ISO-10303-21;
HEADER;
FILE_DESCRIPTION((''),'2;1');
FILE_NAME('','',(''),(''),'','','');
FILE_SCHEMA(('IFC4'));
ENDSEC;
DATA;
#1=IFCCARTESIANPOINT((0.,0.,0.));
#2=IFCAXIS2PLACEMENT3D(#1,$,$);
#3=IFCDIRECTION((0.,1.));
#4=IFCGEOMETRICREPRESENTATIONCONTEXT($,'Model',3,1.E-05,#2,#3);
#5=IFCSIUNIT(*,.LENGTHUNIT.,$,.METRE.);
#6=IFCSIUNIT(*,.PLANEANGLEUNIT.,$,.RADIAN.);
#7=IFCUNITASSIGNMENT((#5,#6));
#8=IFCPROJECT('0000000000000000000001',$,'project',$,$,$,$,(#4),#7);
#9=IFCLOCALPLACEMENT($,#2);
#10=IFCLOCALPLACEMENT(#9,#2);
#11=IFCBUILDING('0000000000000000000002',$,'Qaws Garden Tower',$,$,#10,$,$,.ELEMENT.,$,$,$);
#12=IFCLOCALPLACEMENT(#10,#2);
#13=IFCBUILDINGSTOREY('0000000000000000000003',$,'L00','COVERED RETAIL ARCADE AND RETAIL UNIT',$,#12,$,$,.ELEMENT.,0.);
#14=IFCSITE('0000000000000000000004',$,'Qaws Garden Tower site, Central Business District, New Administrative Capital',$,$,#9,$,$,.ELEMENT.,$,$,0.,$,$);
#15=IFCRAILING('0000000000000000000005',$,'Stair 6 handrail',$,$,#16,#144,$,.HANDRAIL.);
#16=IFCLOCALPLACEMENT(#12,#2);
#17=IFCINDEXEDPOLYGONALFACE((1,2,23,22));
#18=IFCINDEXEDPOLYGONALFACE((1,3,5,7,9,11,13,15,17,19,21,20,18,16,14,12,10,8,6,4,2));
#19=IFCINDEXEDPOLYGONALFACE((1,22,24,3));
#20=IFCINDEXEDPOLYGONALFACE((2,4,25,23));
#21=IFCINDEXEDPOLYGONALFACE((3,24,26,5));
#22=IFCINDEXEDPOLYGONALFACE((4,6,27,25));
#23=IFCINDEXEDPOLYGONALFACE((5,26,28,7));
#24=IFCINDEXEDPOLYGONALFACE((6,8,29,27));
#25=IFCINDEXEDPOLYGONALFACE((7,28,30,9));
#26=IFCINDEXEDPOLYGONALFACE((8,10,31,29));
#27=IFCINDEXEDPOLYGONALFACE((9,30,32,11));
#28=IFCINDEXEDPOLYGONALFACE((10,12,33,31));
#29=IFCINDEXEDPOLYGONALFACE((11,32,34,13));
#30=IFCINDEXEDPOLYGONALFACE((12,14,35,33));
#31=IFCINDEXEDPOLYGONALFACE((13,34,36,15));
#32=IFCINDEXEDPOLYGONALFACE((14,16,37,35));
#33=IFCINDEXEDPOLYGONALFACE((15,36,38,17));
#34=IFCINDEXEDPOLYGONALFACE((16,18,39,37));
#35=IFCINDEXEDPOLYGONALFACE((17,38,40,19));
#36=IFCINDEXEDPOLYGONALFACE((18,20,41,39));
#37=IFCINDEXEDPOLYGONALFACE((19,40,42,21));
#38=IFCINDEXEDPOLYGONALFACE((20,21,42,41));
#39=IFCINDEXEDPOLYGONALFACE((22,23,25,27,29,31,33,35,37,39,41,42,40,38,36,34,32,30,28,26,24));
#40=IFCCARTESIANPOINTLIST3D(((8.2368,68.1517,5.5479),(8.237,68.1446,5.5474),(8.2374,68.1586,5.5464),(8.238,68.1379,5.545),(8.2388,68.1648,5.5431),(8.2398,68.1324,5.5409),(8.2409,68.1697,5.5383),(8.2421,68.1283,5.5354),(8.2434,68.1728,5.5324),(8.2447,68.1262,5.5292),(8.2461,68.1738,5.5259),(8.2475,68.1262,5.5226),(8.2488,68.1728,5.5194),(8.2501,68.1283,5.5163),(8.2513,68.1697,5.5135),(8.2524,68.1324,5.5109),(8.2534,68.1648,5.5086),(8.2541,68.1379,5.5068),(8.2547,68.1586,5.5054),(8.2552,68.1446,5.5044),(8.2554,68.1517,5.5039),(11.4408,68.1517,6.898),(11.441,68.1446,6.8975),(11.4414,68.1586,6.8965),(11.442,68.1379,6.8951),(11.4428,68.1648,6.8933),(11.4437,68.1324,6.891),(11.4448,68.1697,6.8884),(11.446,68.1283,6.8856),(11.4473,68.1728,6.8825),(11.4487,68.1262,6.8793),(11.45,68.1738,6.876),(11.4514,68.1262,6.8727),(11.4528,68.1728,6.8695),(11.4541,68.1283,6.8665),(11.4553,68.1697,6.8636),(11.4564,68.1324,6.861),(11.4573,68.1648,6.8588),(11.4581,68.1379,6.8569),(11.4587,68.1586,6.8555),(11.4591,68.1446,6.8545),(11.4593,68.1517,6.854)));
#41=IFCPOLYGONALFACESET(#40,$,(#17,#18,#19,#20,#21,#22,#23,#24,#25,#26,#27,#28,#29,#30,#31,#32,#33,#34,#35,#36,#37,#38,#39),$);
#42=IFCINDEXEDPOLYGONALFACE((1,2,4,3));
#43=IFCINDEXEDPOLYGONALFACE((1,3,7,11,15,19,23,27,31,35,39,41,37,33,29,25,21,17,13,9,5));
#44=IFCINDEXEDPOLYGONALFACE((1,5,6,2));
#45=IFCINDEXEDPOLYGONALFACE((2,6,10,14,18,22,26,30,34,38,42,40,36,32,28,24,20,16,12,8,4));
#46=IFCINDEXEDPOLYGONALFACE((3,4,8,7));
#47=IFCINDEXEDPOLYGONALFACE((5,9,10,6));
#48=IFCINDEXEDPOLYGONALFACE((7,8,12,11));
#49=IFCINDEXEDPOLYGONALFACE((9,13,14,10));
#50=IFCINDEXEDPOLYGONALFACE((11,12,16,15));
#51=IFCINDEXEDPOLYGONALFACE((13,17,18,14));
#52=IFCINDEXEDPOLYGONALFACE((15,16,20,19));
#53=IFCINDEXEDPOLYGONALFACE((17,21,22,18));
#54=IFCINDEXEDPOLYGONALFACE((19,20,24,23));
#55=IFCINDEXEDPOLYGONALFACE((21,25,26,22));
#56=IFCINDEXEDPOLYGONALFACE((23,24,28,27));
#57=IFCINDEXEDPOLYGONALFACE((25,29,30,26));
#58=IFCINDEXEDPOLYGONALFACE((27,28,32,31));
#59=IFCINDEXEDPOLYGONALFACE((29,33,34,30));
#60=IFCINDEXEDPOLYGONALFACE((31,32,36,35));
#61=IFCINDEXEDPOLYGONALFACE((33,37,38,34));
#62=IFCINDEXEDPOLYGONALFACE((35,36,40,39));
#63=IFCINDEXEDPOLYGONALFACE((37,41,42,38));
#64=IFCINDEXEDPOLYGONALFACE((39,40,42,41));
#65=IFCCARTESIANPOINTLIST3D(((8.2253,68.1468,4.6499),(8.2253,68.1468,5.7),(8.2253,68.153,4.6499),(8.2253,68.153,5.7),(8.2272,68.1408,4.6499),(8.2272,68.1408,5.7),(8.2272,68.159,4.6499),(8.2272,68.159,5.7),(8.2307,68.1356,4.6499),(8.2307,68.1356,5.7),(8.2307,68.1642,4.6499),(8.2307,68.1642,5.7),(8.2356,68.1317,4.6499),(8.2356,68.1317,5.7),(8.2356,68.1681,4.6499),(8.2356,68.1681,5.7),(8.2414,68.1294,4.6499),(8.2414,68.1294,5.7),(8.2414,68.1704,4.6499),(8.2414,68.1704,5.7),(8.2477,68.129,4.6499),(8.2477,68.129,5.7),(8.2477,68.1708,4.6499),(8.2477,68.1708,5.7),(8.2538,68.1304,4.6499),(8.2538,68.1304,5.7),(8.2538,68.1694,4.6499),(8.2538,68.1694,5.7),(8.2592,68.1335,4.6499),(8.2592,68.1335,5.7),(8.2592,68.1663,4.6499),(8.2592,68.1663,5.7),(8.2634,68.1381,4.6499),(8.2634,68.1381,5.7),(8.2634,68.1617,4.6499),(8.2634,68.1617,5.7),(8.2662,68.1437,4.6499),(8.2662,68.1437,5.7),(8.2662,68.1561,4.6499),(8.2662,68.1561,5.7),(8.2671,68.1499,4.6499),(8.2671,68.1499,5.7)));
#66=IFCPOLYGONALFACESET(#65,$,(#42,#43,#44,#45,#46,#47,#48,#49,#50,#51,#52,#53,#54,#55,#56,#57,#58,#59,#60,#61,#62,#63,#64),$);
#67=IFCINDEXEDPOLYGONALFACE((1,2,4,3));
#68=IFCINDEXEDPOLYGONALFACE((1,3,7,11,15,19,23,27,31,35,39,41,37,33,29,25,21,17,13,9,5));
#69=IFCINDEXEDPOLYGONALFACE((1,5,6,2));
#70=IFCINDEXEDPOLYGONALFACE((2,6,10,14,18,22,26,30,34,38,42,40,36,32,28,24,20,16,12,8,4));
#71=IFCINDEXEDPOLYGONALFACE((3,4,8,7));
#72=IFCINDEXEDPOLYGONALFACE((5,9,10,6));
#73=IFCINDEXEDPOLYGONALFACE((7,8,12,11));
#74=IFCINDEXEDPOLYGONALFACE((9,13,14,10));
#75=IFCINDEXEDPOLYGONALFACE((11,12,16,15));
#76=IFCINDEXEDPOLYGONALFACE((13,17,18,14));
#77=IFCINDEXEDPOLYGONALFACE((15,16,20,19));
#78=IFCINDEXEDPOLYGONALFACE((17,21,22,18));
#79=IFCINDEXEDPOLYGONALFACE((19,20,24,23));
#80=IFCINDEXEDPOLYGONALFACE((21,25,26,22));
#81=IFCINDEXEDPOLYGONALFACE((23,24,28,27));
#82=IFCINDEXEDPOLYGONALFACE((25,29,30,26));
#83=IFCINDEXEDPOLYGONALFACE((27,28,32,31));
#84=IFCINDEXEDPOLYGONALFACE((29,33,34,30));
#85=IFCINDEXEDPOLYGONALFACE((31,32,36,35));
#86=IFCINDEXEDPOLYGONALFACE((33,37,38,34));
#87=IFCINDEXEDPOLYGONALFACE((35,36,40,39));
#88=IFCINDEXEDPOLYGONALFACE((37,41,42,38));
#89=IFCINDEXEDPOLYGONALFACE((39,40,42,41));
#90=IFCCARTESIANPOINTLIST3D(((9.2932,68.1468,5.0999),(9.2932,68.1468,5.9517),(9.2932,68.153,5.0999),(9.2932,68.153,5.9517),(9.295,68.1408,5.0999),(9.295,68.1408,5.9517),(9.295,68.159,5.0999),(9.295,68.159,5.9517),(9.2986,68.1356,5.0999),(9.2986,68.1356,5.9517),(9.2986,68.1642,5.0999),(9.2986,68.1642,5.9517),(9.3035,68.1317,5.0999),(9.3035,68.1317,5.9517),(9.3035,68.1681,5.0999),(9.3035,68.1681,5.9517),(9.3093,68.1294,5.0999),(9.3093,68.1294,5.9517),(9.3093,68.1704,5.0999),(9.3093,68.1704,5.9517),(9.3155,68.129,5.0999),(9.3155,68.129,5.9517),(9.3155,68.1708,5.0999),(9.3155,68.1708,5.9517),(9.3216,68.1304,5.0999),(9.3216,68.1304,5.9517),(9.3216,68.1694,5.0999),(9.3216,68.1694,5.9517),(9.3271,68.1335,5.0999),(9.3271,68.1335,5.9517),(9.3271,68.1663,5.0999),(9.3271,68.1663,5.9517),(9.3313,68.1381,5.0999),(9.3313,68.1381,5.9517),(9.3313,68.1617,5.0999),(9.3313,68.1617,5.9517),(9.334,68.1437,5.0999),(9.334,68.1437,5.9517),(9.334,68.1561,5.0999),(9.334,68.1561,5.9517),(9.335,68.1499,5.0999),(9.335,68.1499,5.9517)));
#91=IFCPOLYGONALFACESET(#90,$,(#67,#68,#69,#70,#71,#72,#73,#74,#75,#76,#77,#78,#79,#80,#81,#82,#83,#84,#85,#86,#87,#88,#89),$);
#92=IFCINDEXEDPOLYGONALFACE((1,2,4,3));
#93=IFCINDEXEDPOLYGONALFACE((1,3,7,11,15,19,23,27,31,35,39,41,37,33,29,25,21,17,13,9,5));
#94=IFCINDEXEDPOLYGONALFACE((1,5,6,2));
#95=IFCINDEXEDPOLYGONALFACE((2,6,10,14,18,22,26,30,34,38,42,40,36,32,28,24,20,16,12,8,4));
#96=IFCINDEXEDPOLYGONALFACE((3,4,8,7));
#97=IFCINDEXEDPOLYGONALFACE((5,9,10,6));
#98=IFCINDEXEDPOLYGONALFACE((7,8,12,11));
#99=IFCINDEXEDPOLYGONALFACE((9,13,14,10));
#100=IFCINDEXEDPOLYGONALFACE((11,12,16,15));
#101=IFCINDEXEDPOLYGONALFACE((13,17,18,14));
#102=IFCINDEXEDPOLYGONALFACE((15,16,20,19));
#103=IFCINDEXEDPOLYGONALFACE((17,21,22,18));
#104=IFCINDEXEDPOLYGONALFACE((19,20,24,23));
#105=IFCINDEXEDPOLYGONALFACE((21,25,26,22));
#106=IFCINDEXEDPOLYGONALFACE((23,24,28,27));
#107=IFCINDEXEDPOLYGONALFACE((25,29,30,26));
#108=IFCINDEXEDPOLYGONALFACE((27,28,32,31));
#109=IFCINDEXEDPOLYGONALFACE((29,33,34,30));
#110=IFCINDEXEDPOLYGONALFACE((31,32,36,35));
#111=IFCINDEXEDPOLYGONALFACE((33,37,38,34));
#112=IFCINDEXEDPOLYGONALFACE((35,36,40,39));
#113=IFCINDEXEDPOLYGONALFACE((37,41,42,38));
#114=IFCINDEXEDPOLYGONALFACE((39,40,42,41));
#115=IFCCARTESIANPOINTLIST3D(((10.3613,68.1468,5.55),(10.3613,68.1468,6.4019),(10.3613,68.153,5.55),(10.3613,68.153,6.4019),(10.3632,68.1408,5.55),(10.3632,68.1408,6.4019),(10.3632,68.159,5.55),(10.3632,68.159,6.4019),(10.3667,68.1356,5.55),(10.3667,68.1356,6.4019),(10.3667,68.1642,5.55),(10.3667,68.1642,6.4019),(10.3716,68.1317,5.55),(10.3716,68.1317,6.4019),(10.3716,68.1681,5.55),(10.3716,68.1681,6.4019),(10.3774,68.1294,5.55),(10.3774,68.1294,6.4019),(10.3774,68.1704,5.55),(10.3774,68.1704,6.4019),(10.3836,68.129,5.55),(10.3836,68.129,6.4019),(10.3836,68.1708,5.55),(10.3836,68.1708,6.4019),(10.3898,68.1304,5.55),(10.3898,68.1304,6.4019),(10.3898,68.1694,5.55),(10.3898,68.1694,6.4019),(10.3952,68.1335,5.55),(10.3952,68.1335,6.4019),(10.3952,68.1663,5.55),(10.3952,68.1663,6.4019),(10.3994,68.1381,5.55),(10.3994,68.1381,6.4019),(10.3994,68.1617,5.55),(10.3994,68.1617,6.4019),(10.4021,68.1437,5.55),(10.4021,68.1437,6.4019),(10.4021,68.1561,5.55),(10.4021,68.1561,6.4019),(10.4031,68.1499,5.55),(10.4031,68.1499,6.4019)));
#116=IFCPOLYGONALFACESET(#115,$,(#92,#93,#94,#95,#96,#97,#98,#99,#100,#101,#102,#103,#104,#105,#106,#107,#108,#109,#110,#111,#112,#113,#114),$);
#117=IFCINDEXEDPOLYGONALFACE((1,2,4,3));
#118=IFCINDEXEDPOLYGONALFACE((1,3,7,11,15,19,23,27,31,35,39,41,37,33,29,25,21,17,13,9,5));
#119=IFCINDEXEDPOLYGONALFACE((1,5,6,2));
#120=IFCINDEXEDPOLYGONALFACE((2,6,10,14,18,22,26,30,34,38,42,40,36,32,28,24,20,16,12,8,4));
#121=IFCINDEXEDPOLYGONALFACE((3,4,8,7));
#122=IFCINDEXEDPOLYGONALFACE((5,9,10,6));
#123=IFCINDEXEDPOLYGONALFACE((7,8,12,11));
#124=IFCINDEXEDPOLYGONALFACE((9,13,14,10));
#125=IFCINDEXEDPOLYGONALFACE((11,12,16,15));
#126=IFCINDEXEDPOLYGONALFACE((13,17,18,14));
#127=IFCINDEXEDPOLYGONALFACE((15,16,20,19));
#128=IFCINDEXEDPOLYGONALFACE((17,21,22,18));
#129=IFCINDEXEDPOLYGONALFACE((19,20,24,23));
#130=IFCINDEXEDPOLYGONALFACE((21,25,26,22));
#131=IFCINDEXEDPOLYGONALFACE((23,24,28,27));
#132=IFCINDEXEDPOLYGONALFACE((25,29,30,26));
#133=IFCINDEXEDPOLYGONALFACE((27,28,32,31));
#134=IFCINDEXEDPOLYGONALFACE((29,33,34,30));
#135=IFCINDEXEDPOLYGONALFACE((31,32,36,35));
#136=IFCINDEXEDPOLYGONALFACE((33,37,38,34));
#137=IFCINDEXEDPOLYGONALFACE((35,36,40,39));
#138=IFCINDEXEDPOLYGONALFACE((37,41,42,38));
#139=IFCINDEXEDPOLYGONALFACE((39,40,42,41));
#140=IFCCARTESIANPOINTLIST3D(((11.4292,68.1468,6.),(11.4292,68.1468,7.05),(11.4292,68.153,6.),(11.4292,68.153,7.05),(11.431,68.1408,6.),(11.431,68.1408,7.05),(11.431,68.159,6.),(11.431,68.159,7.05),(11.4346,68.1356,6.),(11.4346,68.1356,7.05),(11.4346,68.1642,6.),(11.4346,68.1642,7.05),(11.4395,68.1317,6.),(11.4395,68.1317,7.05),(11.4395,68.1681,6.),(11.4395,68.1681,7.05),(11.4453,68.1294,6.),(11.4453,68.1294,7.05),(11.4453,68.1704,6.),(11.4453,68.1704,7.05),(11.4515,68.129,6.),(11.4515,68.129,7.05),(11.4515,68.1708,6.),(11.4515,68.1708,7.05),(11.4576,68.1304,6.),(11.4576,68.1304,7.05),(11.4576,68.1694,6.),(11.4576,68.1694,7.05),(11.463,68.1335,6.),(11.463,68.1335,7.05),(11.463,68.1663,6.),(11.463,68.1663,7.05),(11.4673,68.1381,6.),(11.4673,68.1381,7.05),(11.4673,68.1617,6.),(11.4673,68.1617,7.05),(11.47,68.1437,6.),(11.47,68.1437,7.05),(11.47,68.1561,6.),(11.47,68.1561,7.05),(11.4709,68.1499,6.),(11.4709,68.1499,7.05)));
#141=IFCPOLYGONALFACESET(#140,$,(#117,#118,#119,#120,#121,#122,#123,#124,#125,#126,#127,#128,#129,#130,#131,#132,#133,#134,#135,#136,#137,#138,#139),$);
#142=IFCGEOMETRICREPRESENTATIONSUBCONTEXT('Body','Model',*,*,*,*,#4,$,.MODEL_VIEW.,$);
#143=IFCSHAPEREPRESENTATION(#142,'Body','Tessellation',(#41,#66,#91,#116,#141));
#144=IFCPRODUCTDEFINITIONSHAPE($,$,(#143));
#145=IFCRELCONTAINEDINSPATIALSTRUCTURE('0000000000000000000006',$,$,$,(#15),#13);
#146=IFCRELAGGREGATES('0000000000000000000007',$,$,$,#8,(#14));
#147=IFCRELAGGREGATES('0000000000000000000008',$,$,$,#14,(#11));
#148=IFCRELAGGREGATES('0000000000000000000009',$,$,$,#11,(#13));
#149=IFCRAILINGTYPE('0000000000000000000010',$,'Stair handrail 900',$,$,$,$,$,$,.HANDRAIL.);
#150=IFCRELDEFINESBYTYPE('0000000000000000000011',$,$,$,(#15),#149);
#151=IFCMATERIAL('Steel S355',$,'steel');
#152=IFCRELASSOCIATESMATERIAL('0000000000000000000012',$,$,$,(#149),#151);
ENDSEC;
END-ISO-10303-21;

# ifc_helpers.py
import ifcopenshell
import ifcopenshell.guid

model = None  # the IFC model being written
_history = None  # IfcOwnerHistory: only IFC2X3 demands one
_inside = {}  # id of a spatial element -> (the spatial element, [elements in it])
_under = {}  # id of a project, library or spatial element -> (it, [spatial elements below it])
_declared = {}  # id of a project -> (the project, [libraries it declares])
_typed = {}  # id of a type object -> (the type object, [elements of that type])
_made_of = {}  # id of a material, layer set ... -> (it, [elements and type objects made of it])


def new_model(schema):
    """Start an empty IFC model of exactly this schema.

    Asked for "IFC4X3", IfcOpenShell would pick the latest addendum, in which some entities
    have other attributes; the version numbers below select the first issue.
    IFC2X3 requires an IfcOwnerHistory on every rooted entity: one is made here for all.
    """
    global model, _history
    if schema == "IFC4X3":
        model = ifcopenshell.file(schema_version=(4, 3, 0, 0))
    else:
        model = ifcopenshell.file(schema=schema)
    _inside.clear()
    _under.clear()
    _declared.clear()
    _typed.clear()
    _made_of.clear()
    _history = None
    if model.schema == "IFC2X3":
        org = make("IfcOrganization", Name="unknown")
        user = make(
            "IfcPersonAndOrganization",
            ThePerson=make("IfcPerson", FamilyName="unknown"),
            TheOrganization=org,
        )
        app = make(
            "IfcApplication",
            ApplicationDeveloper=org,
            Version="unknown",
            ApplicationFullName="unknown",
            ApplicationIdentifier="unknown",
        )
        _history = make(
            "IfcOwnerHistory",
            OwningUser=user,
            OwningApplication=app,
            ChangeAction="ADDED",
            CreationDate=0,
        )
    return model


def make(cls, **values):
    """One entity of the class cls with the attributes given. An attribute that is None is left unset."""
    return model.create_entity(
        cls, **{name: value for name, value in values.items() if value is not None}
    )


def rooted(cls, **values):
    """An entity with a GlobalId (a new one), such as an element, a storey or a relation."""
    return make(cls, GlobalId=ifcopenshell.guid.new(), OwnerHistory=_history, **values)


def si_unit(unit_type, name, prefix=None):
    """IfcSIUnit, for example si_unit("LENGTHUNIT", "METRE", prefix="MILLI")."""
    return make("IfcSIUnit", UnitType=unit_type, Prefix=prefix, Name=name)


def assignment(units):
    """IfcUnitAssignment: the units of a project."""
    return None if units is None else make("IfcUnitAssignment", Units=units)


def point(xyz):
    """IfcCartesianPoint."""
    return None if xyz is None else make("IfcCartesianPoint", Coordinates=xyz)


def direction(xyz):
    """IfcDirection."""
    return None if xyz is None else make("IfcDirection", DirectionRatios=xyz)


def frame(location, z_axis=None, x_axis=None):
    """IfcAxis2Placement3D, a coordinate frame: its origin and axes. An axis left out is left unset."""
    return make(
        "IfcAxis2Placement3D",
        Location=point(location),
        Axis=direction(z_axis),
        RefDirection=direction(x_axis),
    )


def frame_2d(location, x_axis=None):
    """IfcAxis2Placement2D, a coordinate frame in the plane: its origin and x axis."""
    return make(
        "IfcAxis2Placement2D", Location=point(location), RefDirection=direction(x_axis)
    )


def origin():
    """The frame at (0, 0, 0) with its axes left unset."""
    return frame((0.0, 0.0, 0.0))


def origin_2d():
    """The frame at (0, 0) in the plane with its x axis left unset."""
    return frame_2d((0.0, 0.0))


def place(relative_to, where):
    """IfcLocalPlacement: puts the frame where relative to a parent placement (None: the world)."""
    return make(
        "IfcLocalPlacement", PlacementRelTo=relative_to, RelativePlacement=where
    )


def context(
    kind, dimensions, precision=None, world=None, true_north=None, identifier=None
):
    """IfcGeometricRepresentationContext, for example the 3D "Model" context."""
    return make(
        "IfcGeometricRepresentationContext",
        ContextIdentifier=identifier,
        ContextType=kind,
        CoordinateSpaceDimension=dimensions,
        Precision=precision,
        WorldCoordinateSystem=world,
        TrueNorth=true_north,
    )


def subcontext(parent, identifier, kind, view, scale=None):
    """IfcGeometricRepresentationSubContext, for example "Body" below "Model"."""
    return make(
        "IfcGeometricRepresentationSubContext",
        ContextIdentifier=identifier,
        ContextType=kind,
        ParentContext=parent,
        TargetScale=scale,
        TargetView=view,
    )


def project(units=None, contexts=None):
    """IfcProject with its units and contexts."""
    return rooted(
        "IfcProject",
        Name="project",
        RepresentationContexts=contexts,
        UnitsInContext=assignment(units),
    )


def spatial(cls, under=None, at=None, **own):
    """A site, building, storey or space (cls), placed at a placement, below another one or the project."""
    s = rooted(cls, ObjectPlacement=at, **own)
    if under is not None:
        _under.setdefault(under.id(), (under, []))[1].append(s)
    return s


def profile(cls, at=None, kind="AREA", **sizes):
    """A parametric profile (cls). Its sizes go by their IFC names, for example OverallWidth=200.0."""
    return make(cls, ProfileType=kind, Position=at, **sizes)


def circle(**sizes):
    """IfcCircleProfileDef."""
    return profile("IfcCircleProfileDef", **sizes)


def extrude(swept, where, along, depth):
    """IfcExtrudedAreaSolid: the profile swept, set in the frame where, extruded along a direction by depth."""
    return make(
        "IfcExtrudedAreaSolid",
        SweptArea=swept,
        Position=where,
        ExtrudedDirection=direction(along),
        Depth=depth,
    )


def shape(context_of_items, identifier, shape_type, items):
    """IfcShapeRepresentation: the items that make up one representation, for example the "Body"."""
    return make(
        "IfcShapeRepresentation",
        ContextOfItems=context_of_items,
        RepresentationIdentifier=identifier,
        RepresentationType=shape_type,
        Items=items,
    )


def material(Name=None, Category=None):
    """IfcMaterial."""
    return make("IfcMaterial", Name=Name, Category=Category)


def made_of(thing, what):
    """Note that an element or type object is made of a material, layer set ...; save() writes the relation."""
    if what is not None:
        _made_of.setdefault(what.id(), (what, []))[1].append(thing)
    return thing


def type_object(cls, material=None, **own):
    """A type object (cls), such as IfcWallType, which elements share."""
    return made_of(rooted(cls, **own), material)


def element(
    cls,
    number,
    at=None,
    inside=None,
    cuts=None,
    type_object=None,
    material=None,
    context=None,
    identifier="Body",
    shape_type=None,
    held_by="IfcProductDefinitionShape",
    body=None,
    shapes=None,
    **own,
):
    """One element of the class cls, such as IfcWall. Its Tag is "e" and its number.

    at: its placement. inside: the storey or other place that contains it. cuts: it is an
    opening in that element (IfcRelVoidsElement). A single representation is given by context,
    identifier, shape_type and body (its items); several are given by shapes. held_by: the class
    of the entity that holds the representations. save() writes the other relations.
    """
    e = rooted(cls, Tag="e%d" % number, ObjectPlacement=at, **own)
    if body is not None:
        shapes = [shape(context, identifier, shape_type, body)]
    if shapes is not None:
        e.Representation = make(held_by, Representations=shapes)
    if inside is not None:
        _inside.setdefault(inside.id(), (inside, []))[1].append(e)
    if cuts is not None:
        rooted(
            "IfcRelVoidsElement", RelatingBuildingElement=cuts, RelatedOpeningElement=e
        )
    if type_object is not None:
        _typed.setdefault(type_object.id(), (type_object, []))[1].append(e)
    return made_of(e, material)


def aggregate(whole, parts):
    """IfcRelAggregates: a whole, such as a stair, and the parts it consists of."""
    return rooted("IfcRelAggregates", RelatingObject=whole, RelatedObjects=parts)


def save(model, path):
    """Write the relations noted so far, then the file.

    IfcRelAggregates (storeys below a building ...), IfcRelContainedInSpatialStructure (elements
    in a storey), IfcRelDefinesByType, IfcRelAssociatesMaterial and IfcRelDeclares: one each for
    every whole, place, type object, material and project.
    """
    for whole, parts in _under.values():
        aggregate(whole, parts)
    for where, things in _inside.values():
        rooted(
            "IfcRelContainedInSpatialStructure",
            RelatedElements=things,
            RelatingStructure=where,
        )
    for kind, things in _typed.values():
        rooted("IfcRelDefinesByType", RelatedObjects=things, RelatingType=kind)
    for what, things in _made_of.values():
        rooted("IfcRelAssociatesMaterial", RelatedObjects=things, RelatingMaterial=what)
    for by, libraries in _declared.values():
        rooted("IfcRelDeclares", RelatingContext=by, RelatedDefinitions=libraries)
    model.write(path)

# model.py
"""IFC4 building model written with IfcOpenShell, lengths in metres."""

from ifc_helpers import new_model, si_unit, direction, frame, origin, origin_2d, place, context, subcontext, project, spatial, circle, extrude, material, type_object, element, save


model = new_model("IFC4")

# Units and contexts
model_context = context("Model", 3, precision=1e-05, world=origin(), true_north=direction((0.0, 1.0)))
body_context = subcontext(model_context, "Body", "Model", "MODEL_VIEW")
ifc_project = project(units=[si_unit("LENGTHUNIT", "METRE"), si_unit("PLANEANGLEUNIT", "RADIAN")], contexts=[model_context])

# Site, building, storey
site_placement = place(None, origin())
site = spatial("IfcSite", under=ifc_project, at=site_placement, Name="Qaws Garden Tower site, Central Business District, New Administrative Capital", CompositionType="ELEMENT", RefElevation=0.0)
building_placement = place(site_placement, origin())
building = spatial("IfcBuilding", under=site, at=building_placement, Name="Qaws Garden Tower", CompositionType="ELEMENT")
storey_placement = place(building_placement, origin())
storey = spatial("IfcBuildingStorey", under=building, at=storey_placement, Name="L00", Description="COVERED RETAIL ARCADE AND RETAIL UNIT", CompositionType="ELEMENT", Elevation=0.0)

# Railing
ifc_material_1 = material(Name="Steel S355", Category="steel")
railing_type = type_object("IfcRailingType", Name="Stair handrail 900", PredefinedType="HANDRAIL", material=ifc_material_1)
for number, where, name in (
    (1, (8.2461, 68.1499, 4.6499), "Stair 6 handrail"),
):
    element("IfcRailing", number, at=place(storey_placement, frame(where)), inside=storey, type_object=railing_type, Name=name, PredefinedType="HANDRAIL", context=body_context, shape_type="SweptSolid", body=[
        extrude(circle(Radius=0.0239, at=origin_2d()), frame((0.0, 0.0, 0.876), z_axis=(0.921522, 0.0, 0.388327), x_axis=(0.0, 1.0, 0.0)), (0.0, 0.0, 1.0), 3.4768),
        extrude(circle(Radius=0.021, at=origin_2d()), origin(), (0.0, 0.0, 1.0), 1.05),
        extrude(circle(Radius=0.021, at=origin_2d()), frame((1.0679, 0.0, 0.45)), (0.0, 0.0, 1.0), 0.8518),
        extrude(circle(Radius=0.021, at=origin_2d()), frame((2.136, 0.0, 0.9001)), (0.0, 0.0, 1.0), 0.8518),
        extrude(circle(Radius=0.021, at=origin_2d()), frame((3.2039, 0.0, 1.3501)), (0.0, 0.0, 1.0), 1.05),
    ])

save(model, "model.ifc")
